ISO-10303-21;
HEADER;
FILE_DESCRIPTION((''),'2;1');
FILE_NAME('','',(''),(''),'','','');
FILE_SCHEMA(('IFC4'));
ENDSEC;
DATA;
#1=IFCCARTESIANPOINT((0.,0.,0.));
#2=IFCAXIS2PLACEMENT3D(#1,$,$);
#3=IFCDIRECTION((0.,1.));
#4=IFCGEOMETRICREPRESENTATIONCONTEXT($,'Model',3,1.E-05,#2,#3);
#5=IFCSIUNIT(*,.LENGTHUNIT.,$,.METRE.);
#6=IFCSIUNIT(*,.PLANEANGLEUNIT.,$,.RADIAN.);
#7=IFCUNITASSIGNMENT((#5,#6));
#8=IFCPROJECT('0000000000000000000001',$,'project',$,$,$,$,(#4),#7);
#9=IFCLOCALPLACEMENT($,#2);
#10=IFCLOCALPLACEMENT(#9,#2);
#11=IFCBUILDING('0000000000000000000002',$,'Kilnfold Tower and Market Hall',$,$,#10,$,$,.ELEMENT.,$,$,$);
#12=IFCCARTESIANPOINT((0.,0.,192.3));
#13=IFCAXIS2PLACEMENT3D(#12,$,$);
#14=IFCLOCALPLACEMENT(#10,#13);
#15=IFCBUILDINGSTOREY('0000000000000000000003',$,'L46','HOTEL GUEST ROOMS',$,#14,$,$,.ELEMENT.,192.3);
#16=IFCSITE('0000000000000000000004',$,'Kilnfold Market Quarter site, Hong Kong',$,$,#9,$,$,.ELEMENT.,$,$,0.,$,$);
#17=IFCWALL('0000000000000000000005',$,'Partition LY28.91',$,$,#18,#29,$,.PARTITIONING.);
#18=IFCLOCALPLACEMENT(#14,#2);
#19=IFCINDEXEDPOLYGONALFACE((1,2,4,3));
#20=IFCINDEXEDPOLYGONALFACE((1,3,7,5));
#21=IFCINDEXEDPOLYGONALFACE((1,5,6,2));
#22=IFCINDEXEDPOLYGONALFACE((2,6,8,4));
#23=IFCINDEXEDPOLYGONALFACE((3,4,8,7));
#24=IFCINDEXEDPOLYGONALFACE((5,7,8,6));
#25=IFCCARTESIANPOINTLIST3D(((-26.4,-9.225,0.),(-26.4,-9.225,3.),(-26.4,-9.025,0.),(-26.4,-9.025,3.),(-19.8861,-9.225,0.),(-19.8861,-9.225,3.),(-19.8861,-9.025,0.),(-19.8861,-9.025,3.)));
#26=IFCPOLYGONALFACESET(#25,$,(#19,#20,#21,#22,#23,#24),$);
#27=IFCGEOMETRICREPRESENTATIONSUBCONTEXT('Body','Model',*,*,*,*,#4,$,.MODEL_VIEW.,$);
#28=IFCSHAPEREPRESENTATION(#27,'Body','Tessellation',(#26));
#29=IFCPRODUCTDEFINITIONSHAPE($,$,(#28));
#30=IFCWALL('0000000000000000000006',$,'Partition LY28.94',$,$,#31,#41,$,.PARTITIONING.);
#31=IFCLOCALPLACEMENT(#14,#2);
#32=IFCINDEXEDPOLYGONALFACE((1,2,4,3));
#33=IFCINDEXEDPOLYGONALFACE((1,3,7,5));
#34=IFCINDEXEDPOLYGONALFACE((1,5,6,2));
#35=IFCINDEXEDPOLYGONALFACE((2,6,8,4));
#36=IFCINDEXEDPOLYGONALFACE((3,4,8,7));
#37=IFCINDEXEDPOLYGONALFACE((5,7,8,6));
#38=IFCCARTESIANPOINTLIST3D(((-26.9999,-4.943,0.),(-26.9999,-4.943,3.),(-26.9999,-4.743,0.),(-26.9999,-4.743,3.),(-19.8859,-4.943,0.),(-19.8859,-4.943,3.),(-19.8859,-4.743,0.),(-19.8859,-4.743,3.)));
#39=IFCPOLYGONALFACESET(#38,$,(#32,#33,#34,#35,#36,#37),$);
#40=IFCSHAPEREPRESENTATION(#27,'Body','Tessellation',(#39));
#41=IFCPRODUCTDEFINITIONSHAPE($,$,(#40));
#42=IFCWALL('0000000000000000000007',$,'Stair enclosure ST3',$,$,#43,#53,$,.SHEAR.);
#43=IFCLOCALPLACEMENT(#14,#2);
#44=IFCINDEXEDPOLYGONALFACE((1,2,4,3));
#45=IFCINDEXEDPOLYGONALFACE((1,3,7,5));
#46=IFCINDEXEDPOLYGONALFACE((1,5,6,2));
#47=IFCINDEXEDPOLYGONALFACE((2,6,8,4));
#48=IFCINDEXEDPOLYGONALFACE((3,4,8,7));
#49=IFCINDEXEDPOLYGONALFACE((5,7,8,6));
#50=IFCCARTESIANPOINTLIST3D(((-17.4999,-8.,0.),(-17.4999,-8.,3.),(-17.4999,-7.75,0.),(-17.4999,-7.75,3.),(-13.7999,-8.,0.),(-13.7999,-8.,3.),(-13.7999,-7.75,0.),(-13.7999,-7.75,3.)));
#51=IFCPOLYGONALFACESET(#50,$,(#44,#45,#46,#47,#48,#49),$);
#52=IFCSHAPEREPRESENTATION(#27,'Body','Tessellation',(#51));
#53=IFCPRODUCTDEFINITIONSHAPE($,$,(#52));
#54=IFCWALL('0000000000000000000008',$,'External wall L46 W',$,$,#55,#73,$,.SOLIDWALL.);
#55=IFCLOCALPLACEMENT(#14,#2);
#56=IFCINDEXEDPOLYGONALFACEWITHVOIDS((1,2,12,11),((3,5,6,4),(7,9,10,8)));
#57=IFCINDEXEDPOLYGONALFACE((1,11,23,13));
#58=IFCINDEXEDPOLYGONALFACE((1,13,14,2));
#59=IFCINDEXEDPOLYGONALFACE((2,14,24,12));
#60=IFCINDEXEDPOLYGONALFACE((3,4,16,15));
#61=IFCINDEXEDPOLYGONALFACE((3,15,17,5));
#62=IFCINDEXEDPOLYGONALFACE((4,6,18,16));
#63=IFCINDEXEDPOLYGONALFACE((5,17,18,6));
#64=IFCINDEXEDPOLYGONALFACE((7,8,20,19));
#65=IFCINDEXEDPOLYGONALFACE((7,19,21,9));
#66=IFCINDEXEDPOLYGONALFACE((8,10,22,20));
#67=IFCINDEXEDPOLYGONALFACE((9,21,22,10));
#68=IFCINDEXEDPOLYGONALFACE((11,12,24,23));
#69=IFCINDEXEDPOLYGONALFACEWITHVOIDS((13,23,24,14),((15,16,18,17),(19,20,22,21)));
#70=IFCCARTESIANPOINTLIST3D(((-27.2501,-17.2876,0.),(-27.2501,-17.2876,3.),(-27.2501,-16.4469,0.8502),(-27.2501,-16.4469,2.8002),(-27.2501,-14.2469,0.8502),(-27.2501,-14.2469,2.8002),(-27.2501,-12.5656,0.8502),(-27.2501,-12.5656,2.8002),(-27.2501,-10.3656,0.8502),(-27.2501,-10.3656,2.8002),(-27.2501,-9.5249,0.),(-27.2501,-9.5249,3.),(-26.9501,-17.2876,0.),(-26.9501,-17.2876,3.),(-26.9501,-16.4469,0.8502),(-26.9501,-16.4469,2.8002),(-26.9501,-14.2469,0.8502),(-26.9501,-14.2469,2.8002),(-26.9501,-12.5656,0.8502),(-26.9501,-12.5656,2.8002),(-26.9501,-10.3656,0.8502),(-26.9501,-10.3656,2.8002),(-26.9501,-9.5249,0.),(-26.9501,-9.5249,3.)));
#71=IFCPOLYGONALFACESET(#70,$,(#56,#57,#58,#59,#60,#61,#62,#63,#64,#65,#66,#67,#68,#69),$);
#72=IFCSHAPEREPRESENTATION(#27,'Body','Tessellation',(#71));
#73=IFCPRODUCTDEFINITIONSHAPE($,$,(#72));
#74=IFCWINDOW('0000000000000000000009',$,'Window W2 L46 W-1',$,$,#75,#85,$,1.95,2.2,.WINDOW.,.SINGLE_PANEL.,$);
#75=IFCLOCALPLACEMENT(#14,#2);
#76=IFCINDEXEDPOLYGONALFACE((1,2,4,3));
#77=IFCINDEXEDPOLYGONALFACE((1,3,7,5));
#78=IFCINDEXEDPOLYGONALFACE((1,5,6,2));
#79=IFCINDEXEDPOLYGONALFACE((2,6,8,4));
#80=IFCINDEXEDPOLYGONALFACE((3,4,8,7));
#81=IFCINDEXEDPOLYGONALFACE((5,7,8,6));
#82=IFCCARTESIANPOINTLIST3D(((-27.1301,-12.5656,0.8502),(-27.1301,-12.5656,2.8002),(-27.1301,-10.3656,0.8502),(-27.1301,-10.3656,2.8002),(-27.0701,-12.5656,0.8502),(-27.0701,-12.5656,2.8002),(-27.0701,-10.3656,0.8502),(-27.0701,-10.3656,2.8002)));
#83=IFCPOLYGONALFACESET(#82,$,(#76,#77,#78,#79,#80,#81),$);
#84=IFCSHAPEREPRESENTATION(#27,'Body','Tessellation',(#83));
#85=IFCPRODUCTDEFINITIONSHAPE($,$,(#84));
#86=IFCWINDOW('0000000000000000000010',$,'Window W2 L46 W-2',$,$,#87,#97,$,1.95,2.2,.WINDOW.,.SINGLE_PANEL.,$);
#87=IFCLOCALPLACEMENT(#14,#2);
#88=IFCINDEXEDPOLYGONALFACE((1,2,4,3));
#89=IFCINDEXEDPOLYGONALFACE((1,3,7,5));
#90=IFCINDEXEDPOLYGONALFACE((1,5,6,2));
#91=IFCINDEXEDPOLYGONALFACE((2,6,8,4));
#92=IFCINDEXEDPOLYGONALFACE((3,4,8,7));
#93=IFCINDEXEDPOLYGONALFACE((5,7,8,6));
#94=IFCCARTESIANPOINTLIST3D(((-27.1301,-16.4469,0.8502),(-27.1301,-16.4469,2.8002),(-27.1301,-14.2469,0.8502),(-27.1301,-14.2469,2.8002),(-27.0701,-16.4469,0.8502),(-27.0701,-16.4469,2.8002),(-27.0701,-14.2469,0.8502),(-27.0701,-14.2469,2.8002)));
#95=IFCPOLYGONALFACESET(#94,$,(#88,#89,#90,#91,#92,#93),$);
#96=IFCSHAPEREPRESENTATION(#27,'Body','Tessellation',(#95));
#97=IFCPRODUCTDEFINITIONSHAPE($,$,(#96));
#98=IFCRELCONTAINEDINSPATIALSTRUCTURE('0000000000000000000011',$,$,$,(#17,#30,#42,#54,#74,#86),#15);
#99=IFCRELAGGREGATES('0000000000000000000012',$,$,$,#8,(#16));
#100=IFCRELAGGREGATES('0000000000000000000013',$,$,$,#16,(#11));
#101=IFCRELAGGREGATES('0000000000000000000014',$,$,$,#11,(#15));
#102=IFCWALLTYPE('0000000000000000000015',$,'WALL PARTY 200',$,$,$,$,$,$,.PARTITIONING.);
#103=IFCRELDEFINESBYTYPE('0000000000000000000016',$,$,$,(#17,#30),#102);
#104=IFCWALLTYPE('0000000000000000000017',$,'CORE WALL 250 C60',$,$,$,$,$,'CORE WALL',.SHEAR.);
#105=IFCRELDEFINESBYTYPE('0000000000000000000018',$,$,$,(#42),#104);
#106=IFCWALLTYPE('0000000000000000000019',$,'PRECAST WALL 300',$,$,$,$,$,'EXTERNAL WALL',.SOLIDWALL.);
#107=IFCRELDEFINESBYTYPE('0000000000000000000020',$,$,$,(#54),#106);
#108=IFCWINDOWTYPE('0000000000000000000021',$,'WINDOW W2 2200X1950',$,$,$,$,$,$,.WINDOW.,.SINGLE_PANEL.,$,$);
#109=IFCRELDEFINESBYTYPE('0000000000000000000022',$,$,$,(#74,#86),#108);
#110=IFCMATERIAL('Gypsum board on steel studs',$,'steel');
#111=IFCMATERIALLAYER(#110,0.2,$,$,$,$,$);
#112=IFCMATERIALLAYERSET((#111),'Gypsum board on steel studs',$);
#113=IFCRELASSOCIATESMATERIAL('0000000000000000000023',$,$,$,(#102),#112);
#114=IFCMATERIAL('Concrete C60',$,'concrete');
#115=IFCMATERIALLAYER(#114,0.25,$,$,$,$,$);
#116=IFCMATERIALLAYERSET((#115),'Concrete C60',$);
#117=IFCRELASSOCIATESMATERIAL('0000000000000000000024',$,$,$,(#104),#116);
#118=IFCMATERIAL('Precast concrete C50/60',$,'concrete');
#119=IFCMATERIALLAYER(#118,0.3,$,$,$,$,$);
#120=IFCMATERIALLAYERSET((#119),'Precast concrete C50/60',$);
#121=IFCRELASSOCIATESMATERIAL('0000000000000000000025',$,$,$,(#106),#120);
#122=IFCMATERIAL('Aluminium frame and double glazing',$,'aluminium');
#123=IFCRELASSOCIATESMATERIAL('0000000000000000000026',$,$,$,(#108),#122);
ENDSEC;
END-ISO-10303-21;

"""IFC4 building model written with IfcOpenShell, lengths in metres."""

from ifc_helpers import new_model, si_unit, direction, frame, frame_2d, origin, place, context, subcontext, project, spatial, rectangle, extrude, source, transform, mapped, material, layer, layer_set, type_object, element, fill, save


model = new_model("IFC4")

# Units and contexts
model_context = context("Model", 3, precision=1e-05, world=origin(), true_north=direction((0.0, 1.0)))
body_context = subcontext(model_context, "Body", "Model", "MODEL_VIEW")
ifc_project = project(units=[si_unit("LENGTHUNIT", "METRE"), si_unit("PLANEANGLEUNIT", "RADIAN")], contexts=[model_context])

# Site, building, storey
site_placement = place(None, origin())
site = spatial("IfcSite", under=ifc_project, at=site_placement, Name="Kilnfold Market Quarter site, Hong Kong", CompositionType="ELEMENT", RefElevation=0.0)
building_placement = place(site_placement, origin())
building = spatial("IfcBuilding", under=site, at=building_placement, Name="Kilnfold Tower and Market Hall", CompositionType="ELEMENT")
storey_placement = place(building_placement, frame((0.0, 0.0, 192.3)))
storey = spatial("IfcBuildingStorey", under=building, at=storey_placement, Name="L46", Description="HOTEL GUEST ROOMS", CompositionType="ELEMENT", Elevation=192.3)

# Walls
ifc_material_1 = material(Name="Gypsum board on steel studs", Category="steel")
ifc_layer_1 = layer(ifc_material_1, 0.2)
ifc_layer_set_1 = layer_set([ifc_layer_1], Name="Gypsum board on steel studs")
wall_type_1 = type_object("IfcWallType", Name="WALL PARTY 200", PredefinedType="PARTITIONING", material=ifc_layer_set_1)
wall_1_placement = place(storey_placement, frame((-26.3999, -9.125, 0.0), z_axis=(0.0, 0.0, 1.0), x_axis=(1.0, 0.0, 0.0)))
element("IfcWall", 1, at=wall_1_placement, inside=storey, type_object=wall_type_1, Name="Partition LY28.91", PredefinedType="PARTITIONING", context=body_context, shape_type="SweptSolid", body=[
    extrude(rectangle(XDim=6.5139, YDim=0.2, at=frame_2d((3.2568, 0.0))), origin(), (0.0, 0.0, 1.0), 3.0),
])
wall_2_placement = place(storey_placement, frame((-27.0, -4.843, 0.0), z_axis=(0.0, 0.0, 1.0), x_axis=(1.0, 0.0, 0.0)))
element("IfcWall", 2, at=wall_2_placement, inside=storey, type_object=wall_type_1, Name="Partition LY28.94", PredefinedType="PARTITIONING", context=body_context, shape_type="SweptSolid", body=[
    extrude(rectangle(XDim=7.114, YDim=0.2, at=frame_2d((3.5571, 0.0))), origin(), (0.0, 0.0, 1.0), 3.0),
])
ifc_material_2 = material(Name="Concrete C60", Category="concrete")
ifc_layer_2 = layer(ifc_material_2, 0.25)
ifc_layer_set_2 = layer_set([ifc_layer_2], Name="Concrete C60")
wall_type_2 = type_object("IfcWallType", Name="CORE WALL 250 C60", ElementType="CORE WALL", PredefinedType="SHEAR", material=ifc_layer_set_2)
shared_shape_1 = source(origin(), body_context, "Body", "SweptSolid", [
    extrude(rectangle(XDim=3.7, YDim=0.25, at=frame_2d((1.8501, 0.0))), origin(), (0.0, 0.0, 1.0), 3.0),
])
wall_3_placement = place(storey_placement, frame((-17.5, -7.875, 0.0), z_axis=(0.0, 0.0, 1.0), x_axis=(1.0, 0.0, 0.0)))
element("IfcWall", 3, at=wall_3_placement, inside=storey, type_object=wall_type_2, Name="Stair enclosure ST3", PredefinedType="SHEAR", context=body_context, shape_type="MappedRepresentation", body=[
    mapped(shared_shape_1, transform((0.0, 0.0, 0.0))),
])

# Wall, openings, windows
ifc_material_3 = material(Name="Precast concrete C50/60", Category="concrete")
ifc_layer_3 = layer(ifc_material_3, 0.3)
ifc_layer_set_3 = layer_set([ifc_layer_3], Name="Precast concrete C50/60")
wall_type_3 = type_object("IfcWallType", Name="PRECAST WALL 300", ElementType="EXTERNAL WALL", PredefinedType="SOLIDWALL", material=ifc_layer_set_3)
shared_shape_2 = source(origin(), body_context, "Body", "SweptSolid", [
    extrude(rectangle(XDim=7.7627, YDim=0.3, at=frame_2d((3.8813, 0.0))), origin(), (0.0, 0.0, 1.0), 3.0),
])
wall_4_placement = place(storey_placement, frame((-27.1001, -9.5249, 0.0), z_axis=(0.0, 0.0, 1.0), x_axis=(0.0, -1.0, 0.0)))
wall_4 = element("IfcWall", 4, at=wall_4_placement, inside=storey, type_object=wall_type_3, Name="External wall L46 W", PredefinedType="SOLIDWALL", context=body_context, shape_type="MappedRepresentation", body=[
    mapped(shared_shape_2, transform((0.0, 0.0, 0.0))),
])
opening_1_placement = place(wall_4_placement, frame((0.8406, 0.0, 0.8501)))
opening_1 = element("IfcOpeningElement", 5, at=opening_1_placement, cuts=wall_4, PredefinedType="OPENING", context=body_context, shape_type="SweptSolid", body=[
    extrude(rectangle(XDim=2.2, YDim=1.95, at=frame_2d((1.1001, 0.9751))), frame((0.0, 0.1602, 0.0), z_axis=(0.0, -1.0, 0.0), x_axis=(1.0, 0.0, 0.0)), (0.0, 0.0, 1.0), 0.3201),
])
opening_2_placement = place(wall_4_placement, frame((4.7219, 0.0, 0.8501)))
opening_2 = element("IfcOpeningElement", 6, at=opening_2_placement, cuts=wall_4, PredefinedType="OPENING", context=body_context, shape_type="SweptSolid", body=[
    extrude(rectangle(XDim=2.2, YDim=1.95, at=frame_2d((1.1001, 0.9751))), frame((0.0, 0.1602, 0.0), z_axis=(0.0, -1.0, 0.0), x_axis=(1.0, 0.0, 0.0)), (0.0, 0.0, 1.0), 0.3201),
])
ifc_material_4 = material(Name="Aluminium frame and double glazing", Category="aluminium")
window_type = type_object("IfcWindowType", Name="WINDOW W2 2200X1950", PartitioningType="SINGLE_PANEL", PredefinedType="WINDOW", material=ifc_material_4)
window_1_placement = place(opening_1_placement, origin())
window_1 = element("IfcWindow", 7, at=window_1_placement, inside=storey, type_object=window_type, Name="Window W2 L46 W-1", OverallHeight=1.95, OverallWidth=2.2, PartitioningType="SINGLE_PANEL", PredefinedType="WINDOW", context=body_context, shape_type="SweptSolid", body=[
    extrude(rectangle(XDim=2.2, YDim=1.95, at=frame_2d((1.1001, 0.9751))), frame((0.0, 0.03, 0.0), z_axis=(0.0, -1.0, 0.0), x_axis=(1.0, 0.0, 0.0)), (0.0, 0.0, 1.0), 0.0601),
])
fill(opening_1, window_1)
window_2_placement = place(opening_2_placement, origin())
window_2 = element("IfcWindow", 8, at=window_2_placement, inside=storey, type_object=window_type, Name="Window W2 L46 W-2", OverallHeight=1.95, OverallWidth=2.2, PartitioningType="SINGLE_PANEL", PredefinedType="WINDOW", context=body_context, shape_type="SweptSolid", body=[
    extrude(rectangle(XDim=2.2, YDim=1.95, at=frame_2d((1.1001, 0.9751))), frame((0.0, 0.03, 0.0), z_axis=(0.0, -1.0, 0.0), x_axis=(1.0, 0.0, 0.0)), (0.0, 0.0, 1.0), 0.0601),
])
fill(opening_2, window_2)

save(model, "model.ifc")
